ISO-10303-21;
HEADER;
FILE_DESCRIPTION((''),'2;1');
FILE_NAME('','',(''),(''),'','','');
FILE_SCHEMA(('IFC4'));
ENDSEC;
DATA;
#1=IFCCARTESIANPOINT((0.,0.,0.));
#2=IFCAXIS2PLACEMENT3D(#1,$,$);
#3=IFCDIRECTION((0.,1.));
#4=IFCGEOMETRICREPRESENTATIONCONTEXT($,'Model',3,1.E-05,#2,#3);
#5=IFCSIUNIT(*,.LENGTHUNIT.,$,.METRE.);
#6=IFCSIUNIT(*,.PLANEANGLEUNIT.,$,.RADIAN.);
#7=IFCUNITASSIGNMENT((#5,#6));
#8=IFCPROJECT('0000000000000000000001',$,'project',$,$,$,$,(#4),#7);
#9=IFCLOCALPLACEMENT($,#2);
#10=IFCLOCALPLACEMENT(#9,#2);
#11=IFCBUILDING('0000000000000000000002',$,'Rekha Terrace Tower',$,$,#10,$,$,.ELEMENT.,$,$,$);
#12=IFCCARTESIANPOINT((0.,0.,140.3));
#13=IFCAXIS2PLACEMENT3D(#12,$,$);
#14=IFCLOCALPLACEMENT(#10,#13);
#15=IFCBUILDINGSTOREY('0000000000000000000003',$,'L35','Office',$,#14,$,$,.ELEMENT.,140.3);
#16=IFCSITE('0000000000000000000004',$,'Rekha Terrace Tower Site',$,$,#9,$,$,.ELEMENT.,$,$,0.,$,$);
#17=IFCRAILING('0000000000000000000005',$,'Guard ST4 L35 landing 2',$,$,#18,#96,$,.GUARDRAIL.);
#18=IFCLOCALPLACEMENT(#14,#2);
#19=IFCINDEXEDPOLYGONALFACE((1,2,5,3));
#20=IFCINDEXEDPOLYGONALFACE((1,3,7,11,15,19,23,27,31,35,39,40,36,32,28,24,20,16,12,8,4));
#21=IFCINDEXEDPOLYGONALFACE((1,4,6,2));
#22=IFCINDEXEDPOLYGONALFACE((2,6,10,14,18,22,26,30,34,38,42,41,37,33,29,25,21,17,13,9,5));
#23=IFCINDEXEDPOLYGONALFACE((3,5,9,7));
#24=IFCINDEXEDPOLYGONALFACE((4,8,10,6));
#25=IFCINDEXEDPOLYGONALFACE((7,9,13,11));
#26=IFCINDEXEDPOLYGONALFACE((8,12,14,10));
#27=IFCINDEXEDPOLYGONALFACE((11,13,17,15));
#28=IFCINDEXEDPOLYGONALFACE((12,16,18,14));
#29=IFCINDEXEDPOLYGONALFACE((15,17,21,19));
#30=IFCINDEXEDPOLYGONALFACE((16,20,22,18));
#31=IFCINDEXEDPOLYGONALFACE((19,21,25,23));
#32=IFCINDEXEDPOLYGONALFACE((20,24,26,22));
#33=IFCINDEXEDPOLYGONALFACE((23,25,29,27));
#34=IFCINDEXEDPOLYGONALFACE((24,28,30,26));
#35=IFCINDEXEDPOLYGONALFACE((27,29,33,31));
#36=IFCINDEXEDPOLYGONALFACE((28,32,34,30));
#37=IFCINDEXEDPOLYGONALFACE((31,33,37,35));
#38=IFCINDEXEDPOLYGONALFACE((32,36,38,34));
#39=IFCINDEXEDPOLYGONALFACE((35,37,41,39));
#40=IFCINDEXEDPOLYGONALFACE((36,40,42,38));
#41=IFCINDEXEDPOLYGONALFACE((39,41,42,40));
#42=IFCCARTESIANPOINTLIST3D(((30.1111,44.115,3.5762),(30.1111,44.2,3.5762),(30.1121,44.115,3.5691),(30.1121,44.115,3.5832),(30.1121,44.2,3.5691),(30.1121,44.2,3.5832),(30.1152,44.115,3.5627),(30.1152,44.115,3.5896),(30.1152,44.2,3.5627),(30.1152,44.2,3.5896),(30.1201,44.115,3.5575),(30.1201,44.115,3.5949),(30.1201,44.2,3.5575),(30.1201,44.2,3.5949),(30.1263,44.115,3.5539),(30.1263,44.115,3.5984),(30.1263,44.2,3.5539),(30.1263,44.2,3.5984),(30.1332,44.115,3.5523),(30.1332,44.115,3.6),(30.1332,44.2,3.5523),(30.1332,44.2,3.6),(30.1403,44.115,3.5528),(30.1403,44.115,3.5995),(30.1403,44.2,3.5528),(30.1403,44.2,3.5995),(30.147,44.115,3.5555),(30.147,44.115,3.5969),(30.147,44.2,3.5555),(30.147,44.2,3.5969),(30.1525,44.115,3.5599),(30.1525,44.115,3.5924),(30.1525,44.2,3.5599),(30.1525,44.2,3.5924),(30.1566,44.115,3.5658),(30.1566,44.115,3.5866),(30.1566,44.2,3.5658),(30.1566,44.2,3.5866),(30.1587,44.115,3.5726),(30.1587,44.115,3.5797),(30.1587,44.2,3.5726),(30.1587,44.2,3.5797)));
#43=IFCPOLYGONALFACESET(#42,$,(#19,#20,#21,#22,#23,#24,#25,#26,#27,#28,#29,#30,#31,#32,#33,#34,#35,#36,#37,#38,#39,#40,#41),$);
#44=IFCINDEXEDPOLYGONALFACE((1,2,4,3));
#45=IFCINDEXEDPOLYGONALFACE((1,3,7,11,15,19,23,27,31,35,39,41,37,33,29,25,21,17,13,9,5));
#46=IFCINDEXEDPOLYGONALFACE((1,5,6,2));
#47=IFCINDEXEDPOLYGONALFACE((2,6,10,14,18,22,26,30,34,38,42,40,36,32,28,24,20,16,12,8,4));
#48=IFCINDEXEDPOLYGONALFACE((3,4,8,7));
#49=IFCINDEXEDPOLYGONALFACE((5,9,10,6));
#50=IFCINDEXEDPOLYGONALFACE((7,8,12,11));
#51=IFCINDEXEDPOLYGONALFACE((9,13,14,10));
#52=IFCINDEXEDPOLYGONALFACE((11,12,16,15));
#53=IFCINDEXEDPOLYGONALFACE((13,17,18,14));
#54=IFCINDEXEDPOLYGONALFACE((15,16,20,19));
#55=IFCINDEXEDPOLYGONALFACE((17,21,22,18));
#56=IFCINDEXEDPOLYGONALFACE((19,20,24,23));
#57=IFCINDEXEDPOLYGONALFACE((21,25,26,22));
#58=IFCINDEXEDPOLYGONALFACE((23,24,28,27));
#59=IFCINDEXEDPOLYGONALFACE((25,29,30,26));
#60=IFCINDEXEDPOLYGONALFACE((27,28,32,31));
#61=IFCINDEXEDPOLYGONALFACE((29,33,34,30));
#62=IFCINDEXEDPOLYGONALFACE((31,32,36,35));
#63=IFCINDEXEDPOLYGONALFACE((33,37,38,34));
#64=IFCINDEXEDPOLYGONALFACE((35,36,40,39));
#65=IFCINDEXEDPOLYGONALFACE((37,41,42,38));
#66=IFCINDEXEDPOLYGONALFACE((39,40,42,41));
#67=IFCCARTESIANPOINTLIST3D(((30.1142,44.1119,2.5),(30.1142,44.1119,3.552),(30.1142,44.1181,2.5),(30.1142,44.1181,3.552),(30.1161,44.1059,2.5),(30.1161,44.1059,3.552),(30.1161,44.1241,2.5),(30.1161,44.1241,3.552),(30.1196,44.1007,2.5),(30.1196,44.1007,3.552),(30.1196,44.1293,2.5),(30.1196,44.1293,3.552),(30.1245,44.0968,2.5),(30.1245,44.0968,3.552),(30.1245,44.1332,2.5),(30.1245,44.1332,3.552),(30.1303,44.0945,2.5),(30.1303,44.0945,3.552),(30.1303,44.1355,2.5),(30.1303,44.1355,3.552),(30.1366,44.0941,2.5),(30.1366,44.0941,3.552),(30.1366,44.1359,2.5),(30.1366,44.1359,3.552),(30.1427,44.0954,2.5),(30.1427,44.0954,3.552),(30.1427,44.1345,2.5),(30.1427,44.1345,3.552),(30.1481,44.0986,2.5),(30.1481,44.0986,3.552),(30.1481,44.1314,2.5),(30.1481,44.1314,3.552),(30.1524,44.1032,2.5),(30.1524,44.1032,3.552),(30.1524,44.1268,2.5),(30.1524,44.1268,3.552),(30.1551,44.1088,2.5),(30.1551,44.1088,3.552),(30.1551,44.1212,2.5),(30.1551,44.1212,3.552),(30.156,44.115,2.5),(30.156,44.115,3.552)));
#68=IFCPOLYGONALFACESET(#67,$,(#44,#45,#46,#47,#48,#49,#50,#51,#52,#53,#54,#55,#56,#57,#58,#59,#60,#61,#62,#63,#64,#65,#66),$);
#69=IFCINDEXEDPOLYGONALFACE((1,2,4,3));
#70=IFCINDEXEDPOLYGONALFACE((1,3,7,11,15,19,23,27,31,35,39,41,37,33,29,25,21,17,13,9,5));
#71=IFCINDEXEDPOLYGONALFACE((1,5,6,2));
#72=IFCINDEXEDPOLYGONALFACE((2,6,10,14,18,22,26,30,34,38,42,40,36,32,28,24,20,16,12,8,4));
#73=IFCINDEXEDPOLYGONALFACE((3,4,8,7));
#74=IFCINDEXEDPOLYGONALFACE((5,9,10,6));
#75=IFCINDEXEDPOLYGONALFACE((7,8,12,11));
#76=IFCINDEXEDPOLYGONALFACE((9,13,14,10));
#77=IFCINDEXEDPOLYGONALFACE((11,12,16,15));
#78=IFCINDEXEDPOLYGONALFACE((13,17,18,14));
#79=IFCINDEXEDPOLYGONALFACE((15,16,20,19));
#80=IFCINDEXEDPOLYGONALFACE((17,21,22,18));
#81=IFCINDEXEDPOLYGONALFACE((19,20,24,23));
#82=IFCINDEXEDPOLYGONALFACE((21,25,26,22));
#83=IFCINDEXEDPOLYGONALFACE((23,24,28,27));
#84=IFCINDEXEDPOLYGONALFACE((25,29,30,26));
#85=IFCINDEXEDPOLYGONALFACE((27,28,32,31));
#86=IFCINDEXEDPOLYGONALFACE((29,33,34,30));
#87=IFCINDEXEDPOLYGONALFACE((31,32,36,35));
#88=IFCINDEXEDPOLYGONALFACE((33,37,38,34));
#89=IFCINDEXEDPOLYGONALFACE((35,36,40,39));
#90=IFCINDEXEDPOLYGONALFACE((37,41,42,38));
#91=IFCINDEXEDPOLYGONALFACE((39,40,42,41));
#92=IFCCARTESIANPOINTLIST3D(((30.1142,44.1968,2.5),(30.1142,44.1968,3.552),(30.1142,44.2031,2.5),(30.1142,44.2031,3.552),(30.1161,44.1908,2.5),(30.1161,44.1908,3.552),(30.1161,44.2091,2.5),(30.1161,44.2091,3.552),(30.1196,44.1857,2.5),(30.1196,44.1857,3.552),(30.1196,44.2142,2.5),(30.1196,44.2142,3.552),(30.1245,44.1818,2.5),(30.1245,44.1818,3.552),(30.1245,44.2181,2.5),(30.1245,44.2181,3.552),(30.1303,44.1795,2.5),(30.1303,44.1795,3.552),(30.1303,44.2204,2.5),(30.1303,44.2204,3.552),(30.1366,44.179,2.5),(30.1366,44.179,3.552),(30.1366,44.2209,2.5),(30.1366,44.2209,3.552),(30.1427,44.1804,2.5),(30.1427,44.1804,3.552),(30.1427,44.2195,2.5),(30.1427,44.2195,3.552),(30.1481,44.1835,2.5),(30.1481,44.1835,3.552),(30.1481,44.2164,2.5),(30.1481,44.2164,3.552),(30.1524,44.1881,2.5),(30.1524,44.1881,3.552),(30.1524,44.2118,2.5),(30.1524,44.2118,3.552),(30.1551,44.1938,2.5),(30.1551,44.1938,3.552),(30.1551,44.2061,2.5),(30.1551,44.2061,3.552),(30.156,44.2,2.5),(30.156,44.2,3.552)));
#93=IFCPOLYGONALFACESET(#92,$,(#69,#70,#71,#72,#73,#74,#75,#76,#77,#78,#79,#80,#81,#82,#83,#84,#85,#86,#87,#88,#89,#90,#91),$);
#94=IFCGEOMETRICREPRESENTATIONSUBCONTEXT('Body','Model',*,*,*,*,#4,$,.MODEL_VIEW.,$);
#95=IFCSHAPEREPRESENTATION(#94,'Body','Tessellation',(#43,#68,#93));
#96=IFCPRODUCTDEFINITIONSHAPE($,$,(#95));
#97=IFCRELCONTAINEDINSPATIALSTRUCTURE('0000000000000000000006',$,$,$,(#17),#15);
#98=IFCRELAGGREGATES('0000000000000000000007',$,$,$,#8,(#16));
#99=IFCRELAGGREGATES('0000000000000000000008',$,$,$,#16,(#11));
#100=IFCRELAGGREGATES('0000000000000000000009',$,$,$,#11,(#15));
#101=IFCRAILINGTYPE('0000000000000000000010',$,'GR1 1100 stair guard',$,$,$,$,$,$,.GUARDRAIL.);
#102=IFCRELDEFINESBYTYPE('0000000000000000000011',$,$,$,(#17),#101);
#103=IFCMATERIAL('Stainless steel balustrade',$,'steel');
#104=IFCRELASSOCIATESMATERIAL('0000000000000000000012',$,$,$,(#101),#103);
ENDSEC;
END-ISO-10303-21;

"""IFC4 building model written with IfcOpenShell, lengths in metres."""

from ifc_helpers import new_model, si_unit, direction, frame, origin, origin_2d, place, context, subcontext, project, spatial, circle, extrude, material, type_object, element, save


model = new_model("IFC4")

# Units and contexts
model_context = context("Model", 3, precision=1e-05, world=origin(), true_north=direction((0.0, 1.0)))
body_context = subcontext(model_context, "Body", "Model", "MODEL_VIEW")
ifc_project = project(units=[si_unit("LENGTHUNIT", "METRE"), si_unit("PLANEANGLEUNIT", "RADIAN")], contexts=[model_context])

# Site, building, storey
site_placement = place(None, origin())
site = spatial("IfcSite", under=ifc_project, at=site_placement, Name="Rekha Terrace Tower Site", CompositionType="ELEMENT", RefElevation=0.0)
building_placement = place(site_placement, origin())
building = spatial("IfcBuilding", under=site, at=building_placement, Name="Rekha Terrace Tower", CompositionType="ELEMENT")
storey_placement = place(building_placement, frame((0.0, 0.0, 140.3)))
storey = spatial("IfcBuildingStorey", under=building, at=storey_placement, Name="L35", Description="Office", CompositionType="ELEMENT", Elevation=140.3)

# Railing
ifc_material_1 = material(Name="Stainless steel balustrade", Category="steel")
railing_type_1 = type_object("IfcRailingType", Name="GR1 1100 stair guard", PredefinedType="GUARDRAIL", material=ifc_material_1)
railing_1_placement = place(storey_placement, frame((30.135, 44.115, 2.5)))
element("IfcRailing", 1, at=railing_1_placement, inside=storey, type_object=railing_type_1, Name="Guard ST4 L35 landing 2", PredefinedType="GUARDRAIL", context=body_context, shape_type="SweptSolid", body=[
    extrude(circle(Radius=0.0239, at=origin_2d()), frame((0.0, 0.0, 1.0762), z_axis=(0.0, 1.0, 0.0), x_axis=(-1.0, 0.0, 0.0)), (0.0, 0.0, 1.0), 0.085),
    extrude(circle(Radius=0.021, at=origin_2d()), origin(), (0.0, 0.0, 1.0), 1.052),
    extrude(circle(Radius=0.021, at=origin_2d()), frame((0.0, 0.085, 0.0)), (0.0, 0.0, 1.0), 1.052),
])

save(model, "model.ifc")
